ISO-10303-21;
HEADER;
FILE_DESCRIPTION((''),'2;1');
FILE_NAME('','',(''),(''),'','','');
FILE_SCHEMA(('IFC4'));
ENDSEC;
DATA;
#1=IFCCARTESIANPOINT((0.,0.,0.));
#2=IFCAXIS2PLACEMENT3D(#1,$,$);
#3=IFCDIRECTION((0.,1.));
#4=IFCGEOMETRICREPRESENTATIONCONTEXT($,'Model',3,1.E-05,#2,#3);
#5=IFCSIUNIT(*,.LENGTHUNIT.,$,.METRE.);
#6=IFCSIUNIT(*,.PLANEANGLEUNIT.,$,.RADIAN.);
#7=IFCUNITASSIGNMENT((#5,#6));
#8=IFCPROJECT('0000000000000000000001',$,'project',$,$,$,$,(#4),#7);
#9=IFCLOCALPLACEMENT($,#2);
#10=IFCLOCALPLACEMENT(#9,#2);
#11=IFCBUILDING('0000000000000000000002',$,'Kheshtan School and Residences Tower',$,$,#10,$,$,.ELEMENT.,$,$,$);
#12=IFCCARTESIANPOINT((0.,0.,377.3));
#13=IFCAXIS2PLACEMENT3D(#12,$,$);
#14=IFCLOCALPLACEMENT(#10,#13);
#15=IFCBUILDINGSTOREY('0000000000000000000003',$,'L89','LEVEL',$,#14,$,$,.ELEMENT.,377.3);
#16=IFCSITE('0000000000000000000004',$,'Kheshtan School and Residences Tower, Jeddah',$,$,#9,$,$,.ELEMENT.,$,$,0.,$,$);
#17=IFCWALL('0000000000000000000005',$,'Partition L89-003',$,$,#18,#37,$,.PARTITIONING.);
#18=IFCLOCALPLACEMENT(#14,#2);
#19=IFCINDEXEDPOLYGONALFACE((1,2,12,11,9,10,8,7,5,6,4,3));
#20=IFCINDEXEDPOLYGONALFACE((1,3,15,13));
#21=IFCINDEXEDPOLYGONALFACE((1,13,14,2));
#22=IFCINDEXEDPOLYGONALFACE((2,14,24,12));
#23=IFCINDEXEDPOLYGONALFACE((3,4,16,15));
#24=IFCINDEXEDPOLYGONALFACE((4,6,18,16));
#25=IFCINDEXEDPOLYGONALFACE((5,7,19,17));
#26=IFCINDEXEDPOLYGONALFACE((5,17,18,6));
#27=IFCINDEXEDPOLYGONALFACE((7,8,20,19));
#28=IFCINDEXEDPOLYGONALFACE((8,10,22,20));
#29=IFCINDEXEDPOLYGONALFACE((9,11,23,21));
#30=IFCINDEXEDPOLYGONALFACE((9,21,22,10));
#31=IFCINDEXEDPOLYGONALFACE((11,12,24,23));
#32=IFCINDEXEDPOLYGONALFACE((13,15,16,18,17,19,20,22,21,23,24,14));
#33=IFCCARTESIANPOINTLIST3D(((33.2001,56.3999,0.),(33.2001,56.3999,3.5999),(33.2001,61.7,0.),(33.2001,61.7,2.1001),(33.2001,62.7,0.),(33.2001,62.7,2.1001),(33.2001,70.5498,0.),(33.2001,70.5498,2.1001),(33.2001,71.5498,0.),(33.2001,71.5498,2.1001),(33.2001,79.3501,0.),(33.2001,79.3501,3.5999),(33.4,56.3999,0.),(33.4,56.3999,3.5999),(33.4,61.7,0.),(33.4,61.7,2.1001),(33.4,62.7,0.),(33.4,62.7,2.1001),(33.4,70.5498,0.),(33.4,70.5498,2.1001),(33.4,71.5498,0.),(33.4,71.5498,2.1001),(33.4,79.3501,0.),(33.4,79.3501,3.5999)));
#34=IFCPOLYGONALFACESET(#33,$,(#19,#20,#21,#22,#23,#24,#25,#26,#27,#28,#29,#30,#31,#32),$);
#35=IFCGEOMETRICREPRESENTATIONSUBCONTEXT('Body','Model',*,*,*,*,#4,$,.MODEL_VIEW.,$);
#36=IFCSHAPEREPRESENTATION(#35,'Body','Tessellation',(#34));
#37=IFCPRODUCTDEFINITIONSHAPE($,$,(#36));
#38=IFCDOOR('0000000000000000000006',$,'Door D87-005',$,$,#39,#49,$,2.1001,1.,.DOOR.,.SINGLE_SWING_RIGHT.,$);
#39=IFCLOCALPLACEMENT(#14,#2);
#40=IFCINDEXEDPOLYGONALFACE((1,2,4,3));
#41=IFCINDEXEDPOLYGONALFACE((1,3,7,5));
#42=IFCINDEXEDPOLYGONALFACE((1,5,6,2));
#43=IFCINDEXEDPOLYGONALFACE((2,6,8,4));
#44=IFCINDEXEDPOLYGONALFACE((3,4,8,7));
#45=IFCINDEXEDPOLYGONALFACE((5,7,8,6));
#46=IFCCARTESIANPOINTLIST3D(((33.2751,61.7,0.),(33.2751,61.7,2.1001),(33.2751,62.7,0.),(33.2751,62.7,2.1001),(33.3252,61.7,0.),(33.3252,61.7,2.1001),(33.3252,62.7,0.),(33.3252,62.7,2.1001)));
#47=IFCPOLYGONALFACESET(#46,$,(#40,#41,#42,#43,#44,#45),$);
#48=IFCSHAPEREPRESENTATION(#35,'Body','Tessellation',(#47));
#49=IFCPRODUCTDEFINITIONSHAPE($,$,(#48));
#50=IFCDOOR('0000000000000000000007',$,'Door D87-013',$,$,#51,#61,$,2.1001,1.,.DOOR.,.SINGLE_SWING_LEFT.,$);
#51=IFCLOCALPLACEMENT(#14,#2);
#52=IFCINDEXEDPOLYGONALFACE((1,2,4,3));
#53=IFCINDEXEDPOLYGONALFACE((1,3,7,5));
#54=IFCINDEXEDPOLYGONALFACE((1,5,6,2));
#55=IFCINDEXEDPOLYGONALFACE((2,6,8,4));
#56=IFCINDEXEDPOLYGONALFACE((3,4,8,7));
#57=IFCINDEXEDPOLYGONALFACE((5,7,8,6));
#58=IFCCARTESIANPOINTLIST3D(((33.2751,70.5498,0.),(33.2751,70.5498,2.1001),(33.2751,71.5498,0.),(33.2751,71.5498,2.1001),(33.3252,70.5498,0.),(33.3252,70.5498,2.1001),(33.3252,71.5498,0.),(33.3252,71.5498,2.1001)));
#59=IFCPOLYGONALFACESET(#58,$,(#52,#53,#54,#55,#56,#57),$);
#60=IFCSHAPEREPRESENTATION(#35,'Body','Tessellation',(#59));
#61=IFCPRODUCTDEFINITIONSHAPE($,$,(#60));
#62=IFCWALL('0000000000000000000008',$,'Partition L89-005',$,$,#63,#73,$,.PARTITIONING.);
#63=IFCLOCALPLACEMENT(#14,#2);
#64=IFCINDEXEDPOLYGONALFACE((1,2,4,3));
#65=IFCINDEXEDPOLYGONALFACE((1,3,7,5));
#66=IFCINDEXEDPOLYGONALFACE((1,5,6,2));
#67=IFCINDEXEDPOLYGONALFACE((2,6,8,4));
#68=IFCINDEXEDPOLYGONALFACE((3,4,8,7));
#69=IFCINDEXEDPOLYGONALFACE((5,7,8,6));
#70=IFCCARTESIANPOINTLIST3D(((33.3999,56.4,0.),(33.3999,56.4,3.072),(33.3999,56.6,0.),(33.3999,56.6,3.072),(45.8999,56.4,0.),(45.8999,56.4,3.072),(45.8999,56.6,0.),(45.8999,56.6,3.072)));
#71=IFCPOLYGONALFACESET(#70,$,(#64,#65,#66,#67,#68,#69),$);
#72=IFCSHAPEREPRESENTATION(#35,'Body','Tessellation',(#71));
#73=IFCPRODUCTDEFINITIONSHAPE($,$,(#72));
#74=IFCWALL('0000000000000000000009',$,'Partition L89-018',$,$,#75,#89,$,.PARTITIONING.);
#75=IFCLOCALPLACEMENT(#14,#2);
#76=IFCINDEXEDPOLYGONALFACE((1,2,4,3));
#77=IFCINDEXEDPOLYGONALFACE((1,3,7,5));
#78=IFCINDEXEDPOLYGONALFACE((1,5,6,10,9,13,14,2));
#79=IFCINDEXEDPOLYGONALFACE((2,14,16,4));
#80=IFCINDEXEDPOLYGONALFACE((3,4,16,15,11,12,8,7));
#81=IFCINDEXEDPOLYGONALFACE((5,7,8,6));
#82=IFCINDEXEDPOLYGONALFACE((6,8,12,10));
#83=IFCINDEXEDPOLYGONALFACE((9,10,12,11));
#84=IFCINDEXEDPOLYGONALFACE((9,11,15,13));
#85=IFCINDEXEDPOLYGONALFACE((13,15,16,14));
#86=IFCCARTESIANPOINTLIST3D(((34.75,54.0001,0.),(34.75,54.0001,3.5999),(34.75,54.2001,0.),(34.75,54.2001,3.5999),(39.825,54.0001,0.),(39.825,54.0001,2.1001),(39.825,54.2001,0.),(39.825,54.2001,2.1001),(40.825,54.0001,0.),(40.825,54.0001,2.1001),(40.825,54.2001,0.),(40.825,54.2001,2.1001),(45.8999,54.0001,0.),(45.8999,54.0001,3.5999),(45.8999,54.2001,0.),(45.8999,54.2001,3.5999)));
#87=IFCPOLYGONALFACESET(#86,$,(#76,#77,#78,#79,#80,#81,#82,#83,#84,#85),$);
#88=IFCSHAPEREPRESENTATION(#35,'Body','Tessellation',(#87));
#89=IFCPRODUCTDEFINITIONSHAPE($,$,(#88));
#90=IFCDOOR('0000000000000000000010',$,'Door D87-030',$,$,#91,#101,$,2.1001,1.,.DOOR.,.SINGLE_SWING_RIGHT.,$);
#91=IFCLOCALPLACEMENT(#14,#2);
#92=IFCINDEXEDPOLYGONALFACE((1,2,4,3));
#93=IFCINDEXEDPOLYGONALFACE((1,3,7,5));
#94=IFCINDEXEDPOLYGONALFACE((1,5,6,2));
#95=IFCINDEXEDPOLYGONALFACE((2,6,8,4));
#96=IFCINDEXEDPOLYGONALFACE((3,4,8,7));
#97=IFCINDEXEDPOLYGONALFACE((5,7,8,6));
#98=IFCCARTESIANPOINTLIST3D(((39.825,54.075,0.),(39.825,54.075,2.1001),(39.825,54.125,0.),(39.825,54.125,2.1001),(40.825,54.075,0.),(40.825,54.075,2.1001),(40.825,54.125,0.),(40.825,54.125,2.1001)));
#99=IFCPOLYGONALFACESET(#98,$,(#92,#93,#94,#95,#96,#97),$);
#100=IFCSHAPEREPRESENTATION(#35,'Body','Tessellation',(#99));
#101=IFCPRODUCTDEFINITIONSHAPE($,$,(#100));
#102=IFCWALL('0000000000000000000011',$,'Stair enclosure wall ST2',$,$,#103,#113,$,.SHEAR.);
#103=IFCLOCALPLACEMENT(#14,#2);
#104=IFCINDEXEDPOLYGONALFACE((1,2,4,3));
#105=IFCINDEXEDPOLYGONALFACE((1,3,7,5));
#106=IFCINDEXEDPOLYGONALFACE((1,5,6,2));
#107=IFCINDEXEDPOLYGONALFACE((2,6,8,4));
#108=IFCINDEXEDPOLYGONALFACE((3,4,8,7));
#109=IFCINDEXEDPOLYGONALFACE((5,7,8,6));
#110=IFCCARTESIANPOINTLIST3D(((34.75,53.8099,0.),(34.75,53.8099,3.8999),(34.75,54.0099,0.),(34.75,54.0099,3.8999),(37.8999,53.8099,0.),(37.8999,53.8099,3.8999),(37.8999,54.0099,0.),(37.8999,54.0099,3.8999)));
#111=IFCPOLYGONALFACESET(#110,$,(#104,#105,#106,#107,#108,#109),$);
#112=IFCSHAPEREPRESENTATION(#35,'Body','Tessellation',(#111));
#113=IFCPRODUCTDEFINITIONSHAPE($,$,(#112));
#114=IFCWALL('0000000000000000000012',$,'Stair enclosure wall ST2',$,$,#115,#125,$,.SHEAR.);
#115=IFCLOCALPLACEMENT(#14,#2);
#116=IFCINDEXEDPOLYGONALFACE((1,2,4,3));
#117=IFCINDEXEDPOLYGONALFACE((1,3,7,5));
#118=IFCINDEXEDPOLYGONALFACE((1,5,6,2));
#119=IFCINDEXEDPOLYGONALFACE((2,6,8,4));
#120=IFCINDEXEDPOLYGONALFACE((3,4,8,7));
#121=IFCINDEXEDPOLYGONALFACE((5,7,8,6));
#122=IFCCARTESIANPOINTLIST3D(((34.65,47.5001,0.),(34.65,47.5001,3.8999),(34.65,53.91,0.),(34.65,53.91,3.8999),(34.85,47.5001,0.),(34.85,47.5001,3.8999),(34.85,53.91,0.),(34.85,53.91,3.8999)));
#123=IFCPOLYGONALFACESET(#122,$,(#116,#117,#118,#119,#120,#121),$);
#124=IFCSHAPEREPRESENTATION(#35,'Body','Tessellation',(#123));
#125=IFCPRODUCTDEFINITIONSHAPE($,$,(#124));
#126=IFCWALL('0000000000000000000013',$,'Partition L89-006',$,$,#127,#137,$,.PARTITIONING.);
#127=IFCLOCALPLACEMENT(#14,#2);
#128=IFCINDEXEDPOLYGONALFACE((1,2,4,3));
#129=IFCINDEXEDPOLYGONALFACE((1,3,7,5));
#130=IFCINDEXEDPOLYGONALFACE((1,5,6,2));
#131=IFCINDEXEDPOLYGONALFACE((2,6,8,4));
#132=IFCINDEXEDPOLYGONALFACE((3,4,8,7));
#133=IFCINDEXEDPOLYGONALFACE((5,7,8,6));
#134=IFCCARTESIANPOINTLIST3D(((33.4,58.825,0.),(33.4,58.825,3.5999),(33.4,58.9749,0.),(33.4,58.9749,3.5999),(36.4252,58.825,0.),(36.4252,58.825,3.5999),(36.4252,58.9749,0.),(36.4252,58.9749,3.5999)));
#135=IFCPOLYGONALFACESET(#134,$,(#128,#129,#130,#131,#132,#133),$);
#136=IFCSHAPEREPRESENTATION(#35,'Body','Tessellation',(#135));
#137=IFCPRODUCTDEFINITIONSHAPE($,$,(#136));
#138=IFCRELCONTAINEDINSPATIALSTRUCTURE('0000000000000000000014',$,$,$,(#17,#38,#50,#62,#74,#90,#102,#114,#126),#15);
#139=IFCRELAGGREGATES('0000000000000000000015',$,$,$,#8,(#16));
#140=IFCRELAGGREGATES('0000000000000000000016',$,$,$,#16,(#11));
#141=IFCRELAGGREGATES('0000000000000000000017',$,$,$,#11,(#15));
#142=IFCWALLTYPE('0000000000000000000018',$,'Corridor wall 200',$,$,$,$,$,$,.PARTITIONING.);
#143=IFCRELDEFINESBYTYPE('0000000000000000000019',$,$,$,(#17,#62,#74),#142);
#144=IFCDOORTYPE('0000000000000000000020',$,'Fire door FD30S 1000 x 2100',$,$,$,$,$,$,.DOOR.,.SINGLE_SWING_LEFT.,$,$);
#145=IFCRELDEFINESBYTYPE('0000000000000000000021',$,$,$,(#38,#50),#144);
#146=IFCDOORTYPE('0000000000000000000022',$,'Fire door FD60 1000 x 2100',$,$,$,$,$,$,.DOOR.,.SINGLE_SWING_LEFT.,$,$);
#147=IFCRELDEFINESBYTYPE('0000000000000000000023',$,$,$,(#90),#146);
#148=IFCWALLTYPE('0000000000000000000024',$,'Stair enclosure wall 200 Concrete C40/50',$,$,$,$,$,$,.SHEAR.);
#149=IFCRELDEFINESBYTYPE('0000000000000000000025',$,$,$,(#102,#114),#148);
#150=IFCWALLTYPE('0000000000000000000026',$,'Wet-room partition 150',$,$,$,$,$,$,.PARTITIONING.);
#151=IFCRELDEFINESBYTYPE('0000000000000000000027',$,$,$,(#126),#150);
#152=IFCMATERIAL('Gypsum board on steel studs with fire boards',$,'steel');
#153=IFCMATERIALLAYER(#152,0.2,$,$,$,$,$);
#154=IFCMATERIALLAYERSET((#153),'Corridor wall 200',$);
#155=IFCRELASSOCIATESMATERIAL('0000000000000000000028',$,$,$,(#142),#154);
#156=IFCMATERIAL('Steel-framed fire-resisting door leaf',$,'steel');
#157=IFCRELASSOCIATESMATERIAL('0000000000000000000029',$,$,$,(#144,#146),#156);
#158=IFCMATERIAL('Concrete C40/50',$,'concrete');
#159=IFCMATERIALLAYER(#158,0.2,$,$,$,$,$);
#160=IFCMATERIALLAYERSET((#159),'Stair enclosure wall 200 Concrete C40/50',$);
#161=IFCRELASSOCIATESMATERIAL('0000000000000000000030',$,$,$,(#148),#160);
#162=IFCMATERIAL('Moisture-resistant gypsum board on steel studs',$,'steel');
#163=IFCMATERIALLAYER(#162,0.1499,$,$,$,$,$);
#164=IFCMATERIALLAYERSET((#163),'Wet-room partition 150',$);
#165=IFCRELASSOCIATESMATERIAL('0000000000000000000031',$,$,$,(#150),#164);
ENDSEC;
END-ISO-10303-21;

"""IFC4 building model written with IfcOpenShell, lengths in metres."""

from ifc_helpers import new_model, si_unit, direction, frame, frame_2d, origin, place, context, subcontext, project, spatial, rectangle, extrude, source, transform, mapped, material, layer, layer_set, type_object, element, fill, save


model = new_model("IFC4")

# Units and contexts
model_context = context("Model", 3, precision=1e-05, world=origin(), true_north=direction((0.0, 1.0)))
body_context = subcontext(model_context, "Body", "Model", "MODEL_VIEW")
ifc_project = project(units=[si_unit("LENGTHUNIT", "METRE"), si_unit("PLANEANGLEUNIT", "RADIAN")], contexts=[model_context])

# Site, building, storey
site_placement = place(None, origin())
site = spatial("IfcSite", under=ifc_project, at=site_placement, Name="Kheshtan School and Residences Tower, Jeddah", CompositionType="ELEMENT", RefElevation=0.0)
building_placement = place(site_placement, origin())
building = spatial("IfcBuilding", under=site, at=building_placement, Name="Kheshtan School and Residences Tower", CompositionType="ELEMENT")
storey_placement = place(building_placement, frame((0.0, 0.0, 377.3)))
storey = spatial("IfcBuildingStorey", under=building, at=storey_placement, Name="L89", Description="LEVEL", CompositionType="ELEMENT", Elevation=377.3)

# Wall, openings, doors
ifc_material_1 = material(Name="Gypsum board on steel studs with fire boards", Category="steel")
ifc_layer_1 = layer(ifc_material_1, 0.2)
ifc_layer_set_1 = layer_set([ifc_layer_1], Name="Corridor wall 200")
wall_type_1 = type_object("IfcWallType", Name="Corridor wall 200", PredefinedType="PARTITIONING", material=ifc_layer_set_1)
wall_1_placement = place(storey_placement, frame((33.3, 56.3999, 0.0), z_axis=(0.0, 0.0, 1.0), x_axis=(0.0, 1.0, 0.0)))
wall_1 = element("IfcWall", 1, at=wall_1_placement, inside=storey, type_object=wall_type_1, Name="Partition L89-003", PredefinedType="PARTITIONING", context=body_context, shape_type="SweptSolid", body=[
    extrude(rectangle(XDim=22.9502, YDim=0.2, at=frame_2d((11.4751, 0.0))), origin(), (0.0, 0.0, 1.0), 3.5999),
])
opening_1_placement = place(wall_1_placement, frame((5.3, 0.0, 0.0)))
opening_1 = element("IfcOpeningElement", 2, at=opening_1_placement, cuts=wall_1, PredefinedType="OPENING", context=body_context, shape_type="SweptSolid", body=[
    extrude(rectangle(XDim=1.0, YDim=2.1001, at=frame_2d((0.5, 1.05))), frame((0.0, 0.1099, 0.0), z_axis=(0.0, -1.0, 0.0), x_axis=(1.0, 0.0, 0.0)), (0.0, 0.0, 1.0), 0.22),
])
opening_2_placement = place(wall_1_placement, frame((14.1499, 0.0, 0.0)))
opening_2 = element("IfcOpeningElement", 3, at=opening_2_placement, cuts=wall_1, PredefinedType="OPENING", context=body_context, shape_type="SweptSolid", body=[
    extrude(rectangle(XDim=1.0, YDim=2.1001, at=frame_2d((0.5, 1.05))), frame((0.0, 0.1099, 0.0), z_axis=(0.0, -1.0, 0.0), x_axis=(1.0, 0.0, 0.0)), (0.0, 0.0, 1.0), 0.22),
])
ifc_material_2 = material(Name="Steel-framed fire-resisting door leaf", Category="steel")
door_type_1 = type_object("IfcDoorType", Name="Fire door FD30S 1000 x 2100", OperationType="SINGLE_SWING_LEFT", PredefinedType="DOOR", material=ifc_material_2)
shared_shape_1 = source(origin(), body_context, "Body", "SweptSolid", [
    extrude(rectangle(XDim=1.0, YDim=2.1001, at=frame_2d((0.5, 1.05))), frame((0.0, 0.0249, 0.0), z_axis=(0.0, -1.0, 0.0), x_axis=(1.0, 0.0, 0.0)), (0.0, 0.0, 1.0), 0.05),
])
door_1_placement = place(opening_1_placement, origin())
door_1 = element("IfcDoor", 4, at=door_1_placement, inside=storey, type_object=door_type_1, Name="Door D87-005", OperationType="SINGLE_SWING_RIGHT", OverallHeight=2.1001, OverallWidth=1.0, PredefinedType="DOOR", context=body_context, shape_type="MappedRepresentation", body=[
    mapped(shared_shape_1, transform((0.0, 0.0, 0.0), x_axis=(1.0, 0.0, 0.0), y_axis=(0.0, 1.0, 0.0), z_axis=(0.0, 0.0, 1.0), scale=1.0)),
])
fill(opening_1, door_1)
door_2_placement = place(opening_2_placement, origin())
door_2 = element("IfcDoor", 5, at=door_2_placement, inside=storey, type_object=door_type_1, Name="Door D87-013", OperationType="SINGLE_SWING_LEFT", OverallHeight=2.1001, OverallWidth=1.0, PredefinedType="DOOR", context=body_context, shape_type="MappedRepresentation", body=[
    mapped(shared_shape_1, transform((0.0, 0.0, 0.0), x_axis=(1.0, 0.0, 0.0), y_axis=(0.0, 1.0, 0.0), z_axis=(0.0, 0.0, 1.0), scale=1.0)),
])
fill(opening_2, door_2)

# Wall
wall_2_placement = place(storey_placement, frame((33.3999, 56.5, 0.0), z_axis=(0.0, 0.0, 1.0), x_axis=(1.0, 0.0, 0.0)))
element("IfcWall", 6, at=wall_2_placement, inside=storey, type_object=wall_type_1, Name="Partition L89-005", PredefinedType="PARTITIONING", context=body_context, shape_type="SweptSolid", body=[
    extrude(rectangle(XDim=12.5, YDim=0.2, at=frame_2d((6.25, 0.0))), origin(), (0.0, 0.0, 1.0), 3.072),
])

# Wall, opening, door
wall_3_placement = place(storey_placement, frame((34.75, 54.1001, 0.0), z_axis=(0.0, 0.0, 1.0), x_axis=(1.0, 0.0, 0.0)))
wall_3 = element("IfcWall", 7, at=wall_3_placement, inside=storey, type_object=wall_type_1, Name="Partition L89-018", PredefinedType="PARTITIONING", context=body_context, shape_type="SweptSolid", body=[
    extrude(rectangle(XDim=11.1499, YDim=0.2, at=frame_2d((5.575, 0.0))), origin(), (0.0, 0.0, 1.0), 3.5999),
])
opening_3_placement = place(wall_3_placement, frame((5.075, 0.0, 0.0)))
opening_3 = element("IfcOpeningElement", 8, at=opening_3_placement, cuts=wall_3, PredefinedType="OPENING", context=body_context, shape_type="SweptSolid", body=[
    extrude(rectangle(XDim=1.0, YDim=2.1001, at=frame_2d((0.5, 1.05))), frame((0.0, 0.1099, 0.0), z_axis=(0.0, -1.0, 0.0), x_axis=(1.0, 0.0, 0.0)), (0.0, 0.0, 1.0), 0.22),
])
door_type_2 = type_object("IfcDoorType", Name="Fire door FD60 1000 x 2100", OperationType="SINGLE_SWING_LEFT", PredefinedType="DOOR", material=ifc_material_2)
shared_shape_2 = source(origin(), body_context, "Body", "SweptSolid", [
    extrude(rectangle(XDim=1.0, YDim=2.1001, at=frame_2d((0.5, 1.05))), frame((0.0, 0.0249, 0.0), z_axis=(0.0, -1.0, 0.0), x_axis=(1.0, 0.0, 0.0)), (0.0, 0.0, 1.0), 0.05),
])
door_3_placement = place(opening_3_placement, origin())
door_3 = element("IfcDoor", 9, at=door_3_placement, inside=storey, type_object=door_type_2, Name="Door D87-030", OperationType="SINGLE_SWING_RIGHT", OverallHeight=2.1001, OverallWidth=1.0, PredefinedType="DOOR", context=body_context, shape_type="MappedRepresentation", body=[
    mapped(shared_shape_2, transform((0.0, 0.0, 0.0), x_axis=(1.0, 0.0, 0.0), y_axis=(0.0, 1.0, 0.0), z_axis=(0.0, 0.0, 1.0), scale=1.0)),
])
fill(opening_3, door_3)

# Walls
ifc_material_3 = material(Name="Concrete C40/50", Category="concrete")
ifc_layer_2 = layer(ifc_material_3, 0.2)
ifc_layer_set_2 = layer_set([ifc_layer_2], Name="Stair enclosure wall 200 Concrete C40/50")
wall_type_2 = type_object("IfcWallType", Name="Stair enclosure wall 200 Concrete C40/50", PredefinedType="SHEAR", material=ifc_layer_set_2)
wall_4_placement = place(storey_placement, frame((34.75, 53.9099, 0.0), z_axis=(0.0, 0.0, 1.0), x_axis=(1.0, 0.0, 0.0)))
element("IfcWall", 10, at=wall_4_placement, inside=storey, type_object=wall_type_2, Name="Stair enclosure wall ST2", PredefinedType="SHEAR", context=body_context, shape_type="SweptSolid", body=[
    extrude(rectangle(XDim=3.1499, YDim=0.2, at=frame_2d((1.575, 0.0))), origin(), (0.0, 0.0, 1.0), 3.8999),
])
wall_5_placement = place(storey_placement, frame((34.75, 47.5, 0.0), z_axis=(0.0, 0.0, 1.0), x_axis=(0.0, 1.0, 0.0)))
element("IfcWall", 11, at=wall_5_placement, inside=storey, type_object=wall_type_2, Name="Stair enclosure wall ST2", PredefinedType="SHEAR", context=body_context, shape_type="SweptSolid", body=[
    extrude(rectangle(XDim=6.4099, YDim=0.2, at=frame_2d((3.2051, 0.0))), origin(), (0.0, 0.0, 1.0), 3.8999),
])
ifc_material_4 = material(Name="Moisture-resistant gypsum board on steel studs", Category="steel")
ifc_layer_3 = layer(ifc_material_4, 0.1499)
ifc_layer_set_3 = layer_set([ifc_layer_3], Name="Wet-room partition 150")
wall_type_3 = type_object("IfcWallType", Name="Wet-room partition 150", PredefinedType="PARTITIONING", material=ifc_layer_set_3)
wall_6_placement = place(storey_placement, frame((33.3999, 58.8999, 0.0), z_axis=(0.0, 0.0, 1.0), x_axis=(1.0, 0.0, 0.0)))
element("IfcWall", 12, at=wall_6_placement, inside=storey, type_object=wall_type_3, Name="Partition L89-006", PredefinedType="PARTITIONING", context=body_context, shape_type="SweptSolid", body=[
    extrude(rectangle(XDim=3.0251, YDim=0.1499, at=frame_2d((1.5127, 0.0))), origin(), (0.0, 0.0, 1.0), 3.5999),
])

save(model, "model.ifc")
